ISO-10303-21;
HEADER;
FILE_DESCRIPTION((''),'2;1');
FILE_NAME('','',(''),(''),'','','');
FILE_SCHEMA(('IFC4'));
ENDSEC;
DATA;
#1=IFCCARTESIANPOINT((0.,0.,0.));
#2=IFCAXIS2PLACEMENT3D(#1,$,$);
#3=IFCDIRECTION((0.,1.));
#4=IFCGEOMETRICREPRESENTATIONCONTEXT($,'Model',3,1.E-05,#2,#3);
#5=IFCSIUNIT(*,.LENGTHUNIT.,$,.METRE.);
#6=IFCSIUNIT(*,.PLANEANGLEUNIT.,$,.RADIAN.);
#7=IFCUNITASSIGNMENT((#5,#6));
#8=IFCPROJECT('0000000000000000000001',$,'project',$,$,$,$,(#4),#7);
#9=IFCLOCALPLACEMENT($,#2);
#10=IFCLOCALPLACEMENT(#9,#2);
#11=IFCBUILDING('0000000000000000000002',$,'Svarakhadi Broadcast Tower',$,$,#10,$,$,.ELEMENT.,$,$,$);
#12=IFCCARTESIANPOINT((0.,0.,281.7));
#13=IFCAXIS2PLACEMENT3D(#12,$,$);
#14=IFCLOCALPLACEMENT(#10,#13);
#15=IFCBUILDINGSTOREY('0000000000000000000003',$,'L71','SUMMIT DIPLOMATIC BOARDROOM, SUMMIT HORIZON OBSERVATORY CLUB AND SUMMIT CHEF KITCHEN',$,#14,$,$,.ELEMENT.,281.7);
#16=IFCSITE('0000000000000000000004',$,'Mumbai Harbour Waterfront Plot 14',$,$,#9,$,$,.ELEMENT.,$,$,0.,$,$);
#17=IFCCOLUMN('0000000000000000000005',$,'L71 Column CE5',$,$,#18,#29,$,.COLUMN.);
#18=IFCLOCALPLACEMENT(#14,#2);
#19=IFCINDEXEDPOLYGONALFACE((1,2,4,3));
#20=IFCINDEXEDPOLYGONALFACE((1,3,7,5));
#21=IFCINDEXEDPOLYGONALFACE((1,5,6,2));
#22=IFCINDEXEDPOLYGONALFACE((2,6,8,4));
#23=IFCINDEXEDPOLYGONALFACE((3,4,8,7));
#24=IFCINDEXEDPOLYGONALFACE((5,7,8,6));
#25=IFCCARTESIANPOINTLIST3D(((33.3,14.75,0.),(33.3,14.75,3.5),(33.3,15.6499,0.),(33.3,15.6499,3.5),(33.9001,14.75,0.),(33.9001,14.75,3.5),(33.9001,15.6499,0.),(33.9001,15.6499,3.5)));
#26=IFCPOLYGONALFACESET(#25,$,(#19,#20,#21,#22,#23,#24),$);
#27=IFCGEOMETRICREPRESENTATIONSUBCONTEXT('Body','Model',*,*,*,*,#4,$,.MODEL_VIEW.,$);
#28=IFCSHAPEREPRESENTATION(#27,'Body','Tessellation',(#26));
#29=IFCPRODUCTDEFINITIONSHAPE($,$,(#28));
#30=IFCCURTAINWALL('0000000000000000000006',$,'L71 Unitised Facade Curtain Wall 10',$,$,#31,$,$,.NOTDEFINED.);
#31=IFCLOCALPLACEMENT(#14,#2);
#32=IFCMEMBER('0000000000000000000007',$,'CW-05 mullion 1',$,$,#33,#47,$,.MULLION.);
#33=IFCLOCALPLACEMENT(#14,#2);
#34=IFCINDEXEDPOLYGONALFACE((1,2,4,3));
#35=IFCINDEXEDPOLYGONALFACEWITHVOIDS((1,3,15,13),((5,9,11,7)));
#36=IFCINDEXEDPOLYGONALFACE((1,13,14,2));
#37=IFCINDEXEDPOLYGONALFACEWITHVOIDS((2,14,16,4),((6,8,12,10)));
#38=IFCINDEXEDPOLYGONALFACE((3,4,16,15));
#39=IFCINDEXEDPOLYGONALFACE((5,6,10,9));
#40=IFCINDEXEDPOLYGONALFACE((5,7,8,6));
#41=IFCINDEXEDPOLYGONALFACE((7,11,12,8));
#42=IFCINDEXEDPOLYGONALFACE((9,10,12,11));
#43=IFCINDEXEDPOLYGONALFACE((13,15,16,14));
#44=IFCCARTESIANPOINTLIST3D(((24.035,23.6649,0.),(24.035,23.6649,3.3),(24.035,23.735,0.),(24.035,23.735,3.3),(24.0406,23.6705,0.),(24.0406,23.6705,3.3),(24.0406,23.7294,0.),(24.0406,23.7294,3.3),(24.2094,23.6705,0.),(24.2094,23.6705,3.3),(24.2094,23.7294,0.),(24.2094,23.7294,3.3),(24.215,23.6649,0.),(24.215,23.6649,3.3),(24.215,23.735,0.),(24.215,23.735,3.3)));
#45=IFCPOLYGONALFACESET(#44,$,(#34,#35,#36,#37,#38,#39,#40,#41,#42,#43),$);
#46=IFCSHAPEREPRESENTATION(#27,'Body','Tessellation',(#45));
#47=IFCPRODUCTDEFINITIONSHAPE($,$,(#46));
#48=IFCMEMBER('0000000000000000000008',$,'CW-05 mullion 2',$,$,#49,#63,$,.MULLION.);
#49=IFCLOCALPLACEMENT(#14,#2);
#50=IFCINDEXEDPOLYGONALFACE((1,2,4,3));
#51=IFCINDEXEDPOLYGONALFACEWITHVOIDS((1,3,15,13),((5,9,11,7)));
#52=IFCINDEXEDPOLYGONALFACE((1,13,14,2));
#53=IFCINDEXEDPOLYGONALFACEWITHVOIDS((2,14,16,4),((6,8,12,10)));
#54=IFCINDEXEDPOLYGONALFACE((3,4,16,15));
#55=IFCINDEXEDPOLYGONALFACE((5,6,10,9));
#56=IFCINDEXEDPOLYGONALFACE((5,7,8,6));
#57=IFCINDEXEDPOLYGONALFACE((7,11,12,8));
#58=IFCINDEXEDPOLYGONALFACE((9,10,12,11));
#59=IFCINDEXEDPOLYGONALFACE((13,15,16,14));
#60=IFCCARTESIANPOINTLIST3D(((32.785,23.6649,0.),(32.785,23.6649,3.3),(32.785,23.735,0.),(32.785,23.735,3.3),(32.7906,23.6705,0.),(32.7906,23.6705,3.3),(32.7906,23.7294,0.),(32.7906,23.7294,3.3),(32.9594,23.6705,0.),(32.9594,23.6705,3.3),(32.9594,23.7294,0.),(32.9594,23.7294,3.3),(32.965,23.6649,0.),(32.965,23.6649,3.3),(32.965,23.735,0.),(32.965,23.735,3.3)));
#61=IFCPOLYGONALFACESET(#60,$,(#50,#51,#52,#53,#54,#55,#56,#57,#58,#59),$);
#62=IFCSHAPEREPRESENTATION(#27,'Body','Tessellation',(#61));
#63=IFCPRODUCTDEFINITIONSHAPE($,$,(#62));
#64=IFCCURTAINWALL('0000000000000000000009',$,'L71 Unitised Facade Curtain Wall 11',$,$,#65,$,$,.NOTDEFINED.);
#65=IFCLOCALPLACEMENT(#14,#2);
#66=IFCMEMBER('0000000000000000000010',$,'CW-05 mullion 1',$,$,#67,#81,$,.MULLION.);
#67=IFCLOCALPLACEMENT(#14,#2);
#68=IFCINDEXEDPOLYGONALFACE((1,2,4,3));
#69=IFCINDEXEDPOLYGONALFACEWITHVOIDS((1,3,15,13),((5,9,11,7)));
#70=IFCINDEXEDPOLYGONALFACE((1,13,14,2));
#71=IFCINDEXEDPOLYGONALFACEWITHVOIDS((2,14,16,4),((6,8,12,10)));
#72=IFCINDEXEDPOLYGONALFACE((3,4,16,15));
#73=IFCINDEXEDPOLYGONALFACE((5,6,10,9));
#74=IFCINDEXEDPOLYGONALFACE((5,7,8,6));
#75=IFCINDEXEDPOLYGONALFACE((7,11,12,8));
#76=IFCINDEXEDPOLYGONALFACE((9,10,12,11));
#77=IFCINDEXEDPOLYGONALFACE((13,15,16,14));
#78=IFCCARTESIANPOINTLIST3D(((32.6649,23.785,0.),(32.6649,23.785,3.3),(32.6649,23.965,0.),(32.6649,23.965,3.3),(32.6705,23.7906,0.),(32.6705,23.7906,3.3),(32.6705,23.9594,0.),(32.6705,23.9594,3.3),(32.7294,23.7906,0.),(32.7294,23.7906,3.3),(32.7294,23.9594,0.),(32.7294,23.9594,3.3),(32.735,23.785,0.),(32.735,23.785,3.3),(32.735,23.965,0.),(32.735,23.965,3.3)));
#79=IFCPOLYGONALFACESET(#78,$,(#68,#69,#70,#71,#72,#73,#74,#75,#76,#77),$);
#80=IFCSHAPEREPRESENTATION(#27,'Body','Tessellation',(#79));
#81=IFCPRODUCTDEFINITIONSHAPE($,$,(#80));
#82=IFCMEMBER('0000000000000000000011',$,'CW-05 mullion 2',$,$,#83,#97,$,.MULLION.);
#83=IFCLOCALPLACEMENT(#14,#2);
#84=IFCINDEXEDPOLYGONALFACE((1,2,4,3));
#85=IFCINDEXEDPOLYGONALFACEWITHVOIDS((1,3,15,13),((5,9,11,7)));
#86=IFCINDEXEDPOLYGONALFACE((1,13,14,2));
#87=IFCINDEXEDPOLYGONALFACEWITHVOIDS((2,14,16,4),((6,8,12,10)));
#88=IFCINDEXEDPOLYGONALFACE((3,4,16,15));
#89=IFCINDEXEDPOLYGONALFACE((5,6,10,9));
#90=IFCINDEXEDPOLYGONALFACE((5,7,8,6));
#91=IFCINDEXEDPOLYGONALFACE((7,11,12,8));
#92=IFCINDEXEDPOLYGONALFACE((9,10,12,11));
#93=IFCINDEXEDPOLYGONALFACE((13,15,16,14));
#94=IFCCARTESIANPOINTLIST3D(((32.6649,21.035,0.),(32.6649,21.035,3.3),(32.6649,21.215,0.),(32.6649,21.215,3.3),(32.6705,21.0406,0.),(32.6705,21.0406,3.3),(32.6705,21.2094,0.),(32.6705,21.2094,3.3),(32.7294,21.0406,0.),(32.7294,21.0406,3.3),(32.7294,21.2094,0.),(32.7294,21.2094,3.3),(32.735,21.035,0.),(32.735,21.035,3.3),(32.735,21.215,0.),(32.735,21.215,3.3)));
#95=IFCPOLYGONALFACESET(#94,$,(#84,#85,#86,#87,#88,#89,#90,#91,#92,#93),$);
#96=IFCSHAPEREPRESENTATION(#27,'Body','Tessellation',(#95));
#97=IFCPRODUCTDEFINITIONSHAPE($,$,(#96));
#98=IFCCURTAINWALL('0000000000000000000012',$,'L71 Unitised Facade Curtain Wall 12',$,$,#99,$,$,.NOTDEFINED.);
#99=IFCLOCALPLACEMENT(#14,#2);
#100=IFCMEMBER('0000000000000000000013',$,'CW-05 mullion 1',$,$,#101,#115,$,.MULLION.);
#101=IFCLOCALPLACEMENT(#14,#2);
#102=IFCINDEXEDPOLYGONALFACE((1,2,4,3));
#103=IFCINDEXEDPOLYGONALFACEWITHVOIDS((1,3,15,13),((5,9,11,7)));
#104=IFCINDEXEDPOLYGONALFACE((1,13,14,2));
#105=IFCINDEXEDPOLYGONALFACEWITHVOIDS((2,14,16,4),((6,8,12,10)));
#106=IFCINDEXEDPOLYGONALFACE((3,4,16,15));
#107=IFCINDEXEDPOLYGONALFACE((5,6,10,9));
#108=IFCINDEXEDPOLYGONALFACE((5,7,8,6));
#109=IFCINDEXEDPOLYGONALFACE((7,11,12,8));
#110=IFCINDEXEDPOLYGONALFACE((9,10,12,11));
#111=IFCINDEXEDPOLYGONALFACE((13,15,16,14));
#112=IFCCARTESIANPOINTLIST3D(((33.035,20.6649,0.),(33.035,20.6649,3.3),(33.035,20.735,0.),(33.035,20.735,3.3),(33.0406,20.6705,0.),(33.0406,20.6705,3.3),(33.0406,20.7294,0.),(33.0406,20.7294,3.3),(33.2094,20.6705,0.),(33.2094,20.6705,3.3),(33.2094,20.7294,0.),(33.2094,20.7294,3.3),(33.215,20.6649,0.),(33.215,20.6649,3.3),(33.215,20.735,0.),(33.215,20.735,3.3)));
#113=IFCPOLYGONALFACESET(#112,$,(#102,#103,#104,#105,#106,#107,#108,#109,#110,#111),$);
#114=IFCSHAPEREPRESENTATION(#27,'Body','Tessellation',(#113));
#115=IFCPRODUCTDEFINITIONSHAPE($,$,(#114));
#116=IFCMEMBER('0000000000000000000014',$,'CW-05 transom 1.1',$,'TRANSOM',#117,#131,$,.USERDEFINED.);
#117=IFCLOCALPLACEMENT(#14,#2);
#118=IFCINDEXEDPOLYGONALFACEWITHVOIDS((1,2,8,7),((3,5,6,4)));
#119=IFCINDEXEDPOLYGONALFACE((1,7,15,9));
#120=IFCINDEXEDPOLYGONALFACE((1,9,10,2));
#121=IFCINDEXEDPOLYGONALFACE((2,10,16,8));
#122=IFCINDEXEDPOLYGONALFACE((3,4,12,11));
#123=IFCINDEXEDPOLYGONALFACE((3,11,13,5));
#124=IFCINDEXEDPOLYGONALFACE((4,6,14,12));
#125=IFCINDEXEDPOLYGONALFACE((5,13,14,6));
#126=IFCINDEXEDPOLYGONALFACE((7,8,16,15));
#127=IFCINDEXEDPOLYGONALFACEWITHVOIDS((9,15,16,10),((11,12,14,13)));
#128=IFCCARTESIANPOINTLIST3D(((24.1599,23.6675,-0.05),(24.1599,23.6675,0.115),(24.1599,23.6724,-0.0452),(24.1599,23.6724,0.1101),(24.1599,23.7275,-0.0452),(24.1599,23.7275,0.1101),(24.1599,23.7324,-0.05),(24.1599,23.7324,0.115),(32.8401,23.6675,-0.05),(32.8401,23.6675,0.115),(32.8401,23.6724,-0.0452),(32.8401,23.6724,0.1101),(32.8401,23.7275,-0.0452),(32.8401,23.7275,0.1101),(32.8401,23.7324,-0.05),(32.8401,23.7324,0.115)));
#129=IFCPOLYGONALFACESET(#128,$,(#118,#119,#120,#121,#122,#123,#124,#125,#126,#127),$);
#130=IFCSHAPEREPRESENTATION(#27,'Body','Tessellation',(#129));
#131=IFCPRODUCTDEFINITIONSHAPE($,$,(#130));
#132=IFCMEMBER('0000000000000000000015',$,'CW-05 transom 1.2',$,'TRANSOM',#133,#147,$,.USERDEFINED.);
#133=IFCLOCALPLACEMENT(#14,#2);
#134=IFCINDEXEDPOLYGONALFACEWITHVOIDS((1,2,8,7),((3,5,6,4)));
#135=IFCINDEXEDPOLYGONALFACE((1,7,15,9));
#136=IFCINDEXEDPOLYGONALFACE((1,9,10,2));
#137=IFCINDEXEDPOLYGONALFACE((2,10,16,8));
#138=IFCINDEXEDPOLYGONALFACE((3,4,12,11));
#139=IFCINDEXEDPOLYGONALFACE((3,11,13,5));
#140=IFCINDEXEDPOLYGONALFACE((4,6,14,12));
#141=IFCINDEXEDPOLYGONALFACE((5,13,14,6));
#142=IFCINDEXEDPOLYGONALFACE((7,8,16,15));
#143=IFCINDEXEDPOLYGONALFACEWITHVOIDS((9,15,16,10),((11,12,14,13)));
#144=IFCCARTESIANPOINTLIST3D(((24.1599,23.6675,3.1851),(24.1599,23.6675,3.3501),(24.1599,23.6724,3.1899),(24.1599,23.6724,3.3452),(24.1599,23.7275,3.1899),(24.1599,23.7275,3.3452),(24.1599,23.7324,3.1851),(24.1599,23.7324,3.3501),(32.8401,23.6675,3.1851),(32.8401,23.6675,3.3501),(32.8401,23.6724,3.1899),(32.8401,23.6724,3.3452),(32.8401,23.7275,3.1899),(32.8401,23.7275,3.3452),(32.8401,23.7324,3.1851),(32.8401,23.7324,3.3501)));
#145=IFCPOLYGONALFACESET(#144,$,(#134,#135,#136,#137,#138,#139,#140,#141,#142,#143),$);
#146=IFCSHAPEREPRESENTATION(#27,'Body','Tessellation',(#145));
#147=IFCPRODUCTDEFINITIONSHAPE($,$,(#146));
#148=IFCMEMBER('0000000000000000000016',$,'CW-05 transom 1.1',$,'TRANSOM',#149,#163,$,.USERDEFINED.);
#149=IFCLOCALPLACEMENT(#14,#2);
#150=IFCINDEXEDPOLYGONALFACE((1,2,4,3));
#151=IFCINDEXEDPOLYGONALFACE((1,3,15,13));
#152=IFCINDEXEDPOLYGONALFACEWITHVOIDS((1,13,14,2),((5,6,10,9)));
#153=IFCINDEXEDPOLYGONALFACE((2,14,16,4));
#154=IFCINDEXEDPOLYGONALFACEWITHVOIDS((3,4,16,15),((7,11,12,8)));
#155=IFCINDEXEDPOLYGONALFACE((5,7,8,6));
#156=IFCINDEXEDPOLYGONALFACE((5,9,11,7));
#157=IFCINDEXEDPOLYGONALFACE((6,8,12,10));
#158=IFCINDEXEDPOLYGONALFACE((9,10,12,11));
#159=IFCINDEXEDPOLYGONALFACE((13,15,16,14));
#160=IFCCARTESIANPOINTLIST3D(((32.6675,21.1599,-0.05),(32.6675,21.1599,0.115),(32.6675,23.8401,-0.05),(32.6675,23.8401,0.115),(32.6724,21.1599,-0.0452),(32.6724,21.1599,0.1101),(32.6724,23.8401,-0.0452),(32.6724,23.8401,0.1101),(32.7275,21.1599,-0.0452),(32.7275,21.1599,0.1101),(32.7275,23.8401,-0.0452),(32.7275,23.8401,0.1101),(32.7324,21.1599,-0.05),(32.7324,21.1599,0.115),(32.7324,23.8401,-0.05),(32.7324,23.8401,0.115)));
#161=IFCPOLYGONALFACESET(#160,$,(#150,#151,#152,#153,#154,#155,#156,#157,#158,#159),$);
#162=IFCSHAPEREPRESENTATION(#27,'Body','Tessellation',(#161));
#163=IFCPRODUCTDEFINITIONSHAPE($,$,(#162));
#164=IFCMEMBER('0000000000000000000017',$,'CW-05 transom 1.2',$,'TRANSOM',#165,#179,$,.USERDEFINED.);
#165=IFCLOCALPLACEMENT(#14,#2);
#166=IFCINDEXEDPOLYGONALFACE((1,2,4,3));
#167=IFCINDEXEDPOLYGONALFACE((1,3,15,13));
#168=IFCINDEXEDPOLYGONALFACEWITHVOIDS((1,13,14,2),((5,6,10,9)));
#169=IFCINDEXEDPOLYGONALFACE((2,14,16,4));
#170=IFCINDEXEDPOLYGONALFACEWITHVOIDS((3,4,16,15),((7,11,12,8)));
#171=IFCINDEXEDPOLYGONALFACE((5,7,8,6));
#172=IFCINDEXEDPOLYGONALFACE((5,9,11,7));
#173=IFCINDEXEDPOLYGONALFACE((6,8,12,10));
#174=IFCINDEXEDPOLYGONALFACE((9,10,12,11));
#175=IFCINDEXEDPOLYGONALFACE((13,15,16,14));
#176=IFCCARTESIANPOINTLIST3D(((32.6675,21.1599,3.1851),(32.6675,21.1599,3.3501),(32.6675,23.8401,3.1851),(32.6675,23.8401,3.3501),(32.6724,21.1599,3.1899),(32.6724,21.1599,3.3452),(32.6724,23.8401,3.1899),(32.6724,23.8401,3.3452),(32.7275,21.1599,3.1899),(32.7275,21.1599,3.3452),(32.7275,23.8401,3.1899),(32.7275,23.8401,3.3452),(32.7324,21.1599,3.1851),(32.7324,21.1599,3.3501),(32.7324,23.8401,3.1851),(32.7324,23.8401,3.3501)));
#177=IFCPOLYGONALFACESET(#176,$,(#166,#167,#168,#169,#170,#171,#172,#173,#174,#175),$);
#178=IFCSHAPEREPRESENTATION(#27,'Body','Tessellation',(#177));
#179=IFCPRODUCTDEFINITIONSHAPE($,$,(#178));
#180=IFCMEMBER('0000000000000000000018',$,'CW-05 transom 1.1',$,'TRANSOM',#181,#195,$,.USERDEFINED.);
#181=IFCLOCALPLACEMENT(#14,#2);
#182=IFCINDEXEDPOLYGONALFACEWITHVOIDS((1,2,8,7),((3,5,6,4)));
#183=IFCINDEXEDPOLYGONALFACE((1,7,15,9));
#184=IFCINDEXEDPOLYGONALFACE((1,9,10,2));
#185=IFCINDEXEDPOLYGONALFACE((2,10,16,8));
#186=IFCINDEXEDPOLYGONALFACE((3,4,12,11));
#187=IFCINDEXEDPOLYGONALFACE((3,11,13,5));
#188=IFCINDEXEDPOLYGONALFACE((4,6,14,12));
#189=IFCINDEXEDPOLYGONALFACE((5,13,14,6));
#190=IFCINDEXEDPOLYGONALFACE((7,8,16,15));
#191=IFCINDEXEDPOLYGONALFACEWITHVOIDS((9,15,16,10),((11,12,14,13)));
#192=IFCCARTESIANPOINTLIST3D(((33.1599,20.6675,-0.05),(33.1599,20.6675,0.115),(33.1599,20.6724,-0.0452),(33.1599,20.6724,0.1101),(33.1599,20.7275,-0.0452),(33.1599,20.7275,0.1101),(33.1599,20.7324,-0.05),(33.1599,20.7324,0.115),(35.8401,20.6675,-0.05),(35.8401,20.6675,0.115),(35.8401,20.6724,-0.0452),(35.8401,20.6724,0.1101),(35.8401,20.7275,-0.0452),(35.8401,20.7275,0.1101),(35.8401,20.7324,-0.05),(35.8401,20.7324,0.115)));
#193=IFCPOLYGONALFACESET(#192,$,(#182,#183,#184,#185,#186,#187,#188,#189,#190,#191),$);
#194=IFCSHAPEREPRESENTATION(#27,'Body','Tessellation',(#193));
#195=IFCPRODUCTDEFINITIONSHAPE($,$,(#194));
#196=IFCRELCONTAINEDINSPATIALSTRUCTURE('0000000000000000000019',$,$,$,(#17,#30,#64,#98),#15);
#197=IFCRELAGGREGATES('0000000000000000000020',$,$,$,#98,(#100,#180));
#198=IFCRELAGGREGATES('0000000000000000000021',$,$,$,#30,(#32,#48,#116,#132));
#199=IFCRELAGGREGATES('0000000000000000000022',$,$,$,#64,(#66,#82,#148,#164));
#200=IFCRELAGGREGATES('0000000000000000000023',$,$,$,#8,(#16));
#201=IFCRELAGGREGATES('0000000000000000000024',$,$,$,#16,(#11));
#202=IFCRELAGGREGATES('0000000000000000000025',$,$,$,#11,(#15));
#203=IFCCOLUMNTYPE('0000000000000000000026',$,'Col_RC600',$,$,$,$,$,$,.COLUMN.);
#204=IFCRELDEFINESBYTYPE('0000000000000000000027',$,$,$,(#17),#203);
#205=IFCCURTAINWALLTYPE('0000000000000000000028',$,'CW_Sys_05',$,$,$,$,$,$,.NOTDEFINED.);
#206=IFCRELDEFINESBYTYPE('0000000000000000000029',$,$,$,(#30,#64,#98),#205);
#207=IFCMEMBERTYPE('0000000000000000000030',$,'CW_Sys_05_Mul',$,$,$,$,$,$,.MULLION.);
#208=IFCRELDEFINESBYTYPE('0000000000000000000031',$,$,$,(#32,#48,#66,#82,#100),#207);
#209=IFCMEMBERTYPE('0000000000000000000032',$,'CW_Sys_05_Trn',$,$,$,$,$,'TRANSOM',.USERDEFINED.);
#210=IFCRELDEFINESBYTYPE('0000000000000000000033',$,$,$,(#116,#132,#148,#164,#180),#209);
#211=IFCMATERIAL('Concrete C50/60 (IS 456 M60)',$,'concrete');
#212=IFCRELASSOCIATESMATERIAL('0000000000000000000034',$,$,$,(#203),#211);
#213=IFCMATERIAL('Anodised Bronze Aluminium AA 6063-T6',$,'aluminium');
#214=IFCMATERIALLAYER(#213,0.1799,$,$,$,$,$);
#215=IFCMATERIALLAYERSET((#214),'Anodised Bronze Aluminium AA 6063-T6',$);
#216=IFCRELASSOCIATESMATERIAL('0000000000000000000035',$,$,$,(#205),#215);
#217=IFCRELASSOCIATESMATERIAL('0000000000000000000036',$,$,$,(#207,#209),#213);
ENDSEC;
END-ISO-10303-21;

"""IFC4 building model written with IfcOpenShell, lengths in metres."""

from ifc_helpers import new_model, si_unit, direction, frame, origin, origin_2d, place, context, subcontext, project, spatial, rectangle, hollow_rectangle, extrude, material, layer, layer_set, material_profile, profile_set, type_object, element, aggregate, save


model = new_model("IFC4")

# Units and contexts
model_context = context("Model", 3, precision=1e-05, world=origin(), true_north=direction((0.0, 1.0)))
body_context = subcontext(model_context, "Body", "Model", "MODEL_VIEW")
ifc_project = project(units=[si_unit("LENGTHUNIT", "METRE"), si_unit("PLANEANGLEUNIT", "RADIAN")], contexts=[model_context])

# Site, building, storey
site_placement = place(None, origin())
site = spatial("IfcSite", under=ifc_project, at=site_placement, Name="Mumbai Harbour Waterfront Plot 14", CompositionType="ELEMENT", RefElevation=0.0)
building_placement = place(site_placement, origin())
building = spatial("IfcBuilding", under=site, at=building_placement, Name="Svarakhadi Broadcast Tower", CompositionType="ELEMENT")
storey_placement = place(building_placement, frame((0.0, 0.0, 281.7)))
storey = spatial("IfcBuildingStorey", under=building, at=storey_placement, Name="L71", Description="SUMMIT DIPLOMATIC BOARDROOM, SUMMIT HORIZON OBSERVATORY CLUB AND SUMMIT CHEF KITCHEN", CompositionType="ELEMENT", Elevation=281.7)

# Column
ifc_material_1 = material(Name="Concrete C50/60 (IS 456 M60)", Category="concrete")
ifc_material_profile_1 = material_profile(ifc_material_1, rectangle(XDim=0.6001, YDim=0.8999, at=origin_2d()), Name="RC 600x900")
ifc_profile_set_1 = profile_set([ifc_material_profile_1], Name="Concrete C50/60 (IS 456 M60)")
column_type = type_object("IfcColumnType", Name="Col_RC600", PredefinedType="COLUMN", material=ifc_profile_set_1)
column_placement = place(storey_placement, frame((33.6001, 15.2, 0.0), z_axis=(0.0, 0.0, 1.0), x_axis=(1.0, 0.0, 0.0)))
element("IfcColumn", 1, at=column_placement, inside=storey, type_object=column_type, Name="L71 Column CE5", PredefinedType="COLUMN", context=body_context, shape_type="SweptSolid", body=[
    extrude(rectangle(XDim=0.6001, YDim=0.8999, at=origin_2d()), origin(), (0.0, 0.0, 1.0), 3.5),
])

# Curtain walls, members
ifc_material_2 = material(Name="Anodised Bronze Aluminium AA 6063-T6", Category="aluminium")
ifc_layer_1 = layer(ifc_material_2, 0.1799)
ifc_layer_set_1 = layer_set([ifc_layer_1], Name="Anodised Bronze Aluminium AA 6063-T6")
curtain_wall_type = type_object("IfcCurtainWallType", Name="CW_Sys_05", PredefinedType="NOTDEFINED", material=ifc_layer_set_1)
curtain_wall_1_placement = place(storey_placement, origin())
curtain_wall_1 = element("IfcCurtainWall", 2, at=curtain_wall_1_placement, inside=storey, type_object=curtain_wall_type, Name="L71 Unitised Facade Curtain Wall 10", PredefinedType="NOTDEFINED")
ifc_material_profile_2 = material_profile(ifc_material_2, hollow_rectangle(XDim=0.0701, YDim=0.1799, WallThickness=0.0056, at=origin_2d()), Name="ALU MULLION 180x70x6")
ifc_profile_set_2 = profile_set([ifc_material_profile_2], Name="Anodised Bronze Aluminium AA 6063-T6")
member_type_1 = type_object("IfcMemberType", Name="CW_Sys_05_Mul", PredefinedType="MULLION", material=ifc_profile_set_2)
member_1_placement = place(storey_placement, frame((24.125, 23.7, 0.0), z_axis=(0.0, 0.0, 1.0), x_axis=(0.0, 1.0, 0.0)))
member_1 = element("IfcMember", 3, at=member_1_placement, type_object=member_type_1, Name="CW-05 mullion 1", PredefinedType="MULLION", context=body_context, shape_type="SweptSolid", body=[
    extrude(hollow_rectangle(XDim=0.0701, YDim=0.1799, WallThickness=0.0056, at=origin_2d()), origin(), (0.0, 0.0, 1.0), 3.3),
])
member_2_placement = place(storey_placement, frame((32.875, 23.7, 0.0), z_axis=(0.0, 0.0, 1.0), x_axis=(0.0, 1.0, 0.0)))
member_2 = element("IfcMember", 4, at=member_2_placement, type_object=member_type_1, Name="CW-05 mullion 2", PredefinedType="MULLION", context=body_context, shape_type="SweptSolid", body=[
    extrude(hollow_rectangle(XDim=0.0701, YDim=0.1799, WallThickness=0.0056, at=origin_2d()), origin(), (0.0, 0.0, 1.0), 3.3),
])
curtain_wall_2_placement = place(storey_placement, origin())
curtain_wall_2 = element("IfcCurtainWall", 5, at=curtain_wall_2_placement, inside=storey, type_object=curtain_wall_type, Name="L71 Unitised Facade Curtain Wall 11", PredefinedType="NOTDEFINED")
member_3_placement = place(storey_placement, frame((32.7, 23.875, 0.0), z_axis=(0.0, 0.0, 1.0), x_axis=(1.0, 0.0, 0.0)))
member_3 = element("IfcMember", 6, at=member_3_placement, type_object=member_type_1, Name="CW-05 mullion 1", PredefinedType="MULLION", context=body_context, shape_type="SweptSolid", body=[
    extrude(hollow_rectangle(XDim=0.0701, YDim=0.1799, WallThickness=0.0056, at=origin_2d()), origin(), (0.0, 0.0, 1.0), 3.3),
])
member_4_placement = place(storey_placement, frame((32.7, 21.125, 0.0), z_axis=(0.0, 0.0, 1.0), x_axis=(1.0, 0.0, 0.0)))
member_4 = element("IfcMember", 7, at=member_4_placement, type_object=member_type_1, Name="CW-05 mullion 2", PredefinedType="MULLION", context=body_context, shape_type="SweptSolid", body=[
    extrude(hollow_rectangle(XDim=0.0701, YDim=0.1799, WallThickness=0.0056, at=origin_2d()), origin(), (0.0, 0.0, 1.0), 3.3),
])

# Curtain wall, member
curtain_wall_3_placement = place(storey_placement, origin())
curtain_wall_3 = element("IfcCurtainWall", 8, at=curtain_wall_3_placement, inside=storey, type_object=curtain_wall_type, Name="L71 Unitised Facade Curtain Wall 12", PredefinedType="NOTDEFINED")
member_5_placement = place(storey_placement, frame((33.125, 20.7, 0.0), z_axis=(0.0, 0.0, 1.0), x_axis=(0.0, 1.0, 0.0)))
member_5 = element("IfcMember", 9, at=member_5_placement, type_object=member_type_1, Name="CW-05 mullion 1", PredefinedType="MULLION", context=body_context, shape_type="SweptSolid", body=[
    extrude(hollow_rectangle(XDim=0.0701, YDim=0.1799, WallThickness=0.0056, at=origin_2d()), origin(), (0.0, 0.0, 1.0), 3.3),
])

# Members
ifc_material_profile_3 = material_profile(ifc_material_2, hollow_rectangle(XDim=0.0649, YDim=0.165, WallThickness=0.0049, at=origin_2d()), Name="ALU TRANSOM 165x65x5")
ifc_profile_set_3 = profile_set([ifc_material_profile_3], Name="Anodised Bronze Aluminium AA 6063-T6")
member_type_2 = type_object("IfcMemberType", Name="CW_Sys_05_Trn", ElementType="TRANSOM", PredefinedType="USERDEFINED", material=ifc_profile_set_3)
member_6_placement = place(storey_placement, frame((24.1599, 23.7, 0.0325), z_axis=(1.0, 0.0, 0.0), x_axis=(0.0, 1.0, 0.0)))
member_6 = element("IfcMember", 10, at=member_6_placement, type_object=member_type_2, Name="CW-05 transom 1.1", ObjectType="TRANSOM", PredefinedType="USERDEFINED", context=body_context, shape_type="SweptSolid", body=[
    extrude(hollow_rectangle(XDim=0.0649, YDim=0.165, WallThickness=0.0049, at=origin_2d()), origin(), (0.0, 0.0, 1.0), 8.6802),
])
member_7_placement = place(storey_placement, frame((24.1599, 23.7, 3.2676), z_axis=(1.0, 0.0, 0.0), x_axis=(0.0, 1.0, 0.0)))
member_7 = element("IfcMember", 11, at=member_7_placement, type_object=member_type_2, Name="CW-05 transom 1.2", ObjectType="TRANSOM", PredefinedType="USERDEFINED", context=body_context, shape_type="SweptSolid", body=[
    extrude(hollow_rectangle(XDim=0.0649, YDim=0.165, WallThickness=0.0049, at=origin_2d()), origin(), (0.0, 0.0, 1.0), 8.6802),
])
member_8_placement = place(storey_placement, frame((32.7, 23.8401, 0.0325), z_axis=(0.0, -1.0, 0.0), x_axis=(1.0, 0.0, 0.0)))
member_8 = element("IfcMember", 12, at=member_8_placement, type_object=member_type_2, Name="CW-05 transom 1.1", ObjectType="TRANSOM", PredefinedType="USERDEFINED", context=body_context, shape_type="SweptSolid", body=[
    extrude(hollow_rectangle(XDim=0.0649, YDim=0.165, WallThickness=0.0049, at=origin_2d()), origin(), (0.0, 0.0, 1.0), 2.6802),
])
member_9_placement = place(storey_placement, frame((32.7, 23.8401, 3.2676), z_axis=(0.0, -1.0, 0.0), x_axis=(1.0, 0.0, 0.0)))
member_9 = element("IfcMember", 13, at=member_9_placement, type_object=member_type_2, Name="CW-05 transom 1.2", ObjectType="TRANSOM", PredefinedType="USERDEFINED", context=body_context, shape_type="SweptSolid", body=[
    extrude(hollow_rectangle(XDim=0.0649, YDim=0.165, WallThickness=0.0049, at=origin_2d()), origin(), (0.0, 0.0, 1.0), 2.6802),
])
member_10_placement = place(storey_placement, frame((33.1599, 20.7, 0.0325), z_axis=(1.0, 0.0, 0.0), x_axis=(0.0, 1.0, 0.0)))
member_10 = element("IfcMember", 14, at=member_10_placement, type_object=member_type_2, Name="CW-05 transom 1.1", ObjectType="TRANSOM", PredefinedType="USERDEFINED", context=body_context, shape_type="SweptSolid", body=[
    extrude(hollow_rectangle(XDim=0.0649, YDim=0.165, WallThickness=0.0049, at=origin_2d()), origin(), (0.0, 0.0, 1.0), 2.6802),
])
aggregate(curtain_wall_3, [member_5, member_10])

aggregate(curtain_wall_1, [member_1, member_2, member_6, member_7])
aggregate(curtain_wall_2, [member_3, member_4, member_8, member_9])

save(model, "model.ifc")
